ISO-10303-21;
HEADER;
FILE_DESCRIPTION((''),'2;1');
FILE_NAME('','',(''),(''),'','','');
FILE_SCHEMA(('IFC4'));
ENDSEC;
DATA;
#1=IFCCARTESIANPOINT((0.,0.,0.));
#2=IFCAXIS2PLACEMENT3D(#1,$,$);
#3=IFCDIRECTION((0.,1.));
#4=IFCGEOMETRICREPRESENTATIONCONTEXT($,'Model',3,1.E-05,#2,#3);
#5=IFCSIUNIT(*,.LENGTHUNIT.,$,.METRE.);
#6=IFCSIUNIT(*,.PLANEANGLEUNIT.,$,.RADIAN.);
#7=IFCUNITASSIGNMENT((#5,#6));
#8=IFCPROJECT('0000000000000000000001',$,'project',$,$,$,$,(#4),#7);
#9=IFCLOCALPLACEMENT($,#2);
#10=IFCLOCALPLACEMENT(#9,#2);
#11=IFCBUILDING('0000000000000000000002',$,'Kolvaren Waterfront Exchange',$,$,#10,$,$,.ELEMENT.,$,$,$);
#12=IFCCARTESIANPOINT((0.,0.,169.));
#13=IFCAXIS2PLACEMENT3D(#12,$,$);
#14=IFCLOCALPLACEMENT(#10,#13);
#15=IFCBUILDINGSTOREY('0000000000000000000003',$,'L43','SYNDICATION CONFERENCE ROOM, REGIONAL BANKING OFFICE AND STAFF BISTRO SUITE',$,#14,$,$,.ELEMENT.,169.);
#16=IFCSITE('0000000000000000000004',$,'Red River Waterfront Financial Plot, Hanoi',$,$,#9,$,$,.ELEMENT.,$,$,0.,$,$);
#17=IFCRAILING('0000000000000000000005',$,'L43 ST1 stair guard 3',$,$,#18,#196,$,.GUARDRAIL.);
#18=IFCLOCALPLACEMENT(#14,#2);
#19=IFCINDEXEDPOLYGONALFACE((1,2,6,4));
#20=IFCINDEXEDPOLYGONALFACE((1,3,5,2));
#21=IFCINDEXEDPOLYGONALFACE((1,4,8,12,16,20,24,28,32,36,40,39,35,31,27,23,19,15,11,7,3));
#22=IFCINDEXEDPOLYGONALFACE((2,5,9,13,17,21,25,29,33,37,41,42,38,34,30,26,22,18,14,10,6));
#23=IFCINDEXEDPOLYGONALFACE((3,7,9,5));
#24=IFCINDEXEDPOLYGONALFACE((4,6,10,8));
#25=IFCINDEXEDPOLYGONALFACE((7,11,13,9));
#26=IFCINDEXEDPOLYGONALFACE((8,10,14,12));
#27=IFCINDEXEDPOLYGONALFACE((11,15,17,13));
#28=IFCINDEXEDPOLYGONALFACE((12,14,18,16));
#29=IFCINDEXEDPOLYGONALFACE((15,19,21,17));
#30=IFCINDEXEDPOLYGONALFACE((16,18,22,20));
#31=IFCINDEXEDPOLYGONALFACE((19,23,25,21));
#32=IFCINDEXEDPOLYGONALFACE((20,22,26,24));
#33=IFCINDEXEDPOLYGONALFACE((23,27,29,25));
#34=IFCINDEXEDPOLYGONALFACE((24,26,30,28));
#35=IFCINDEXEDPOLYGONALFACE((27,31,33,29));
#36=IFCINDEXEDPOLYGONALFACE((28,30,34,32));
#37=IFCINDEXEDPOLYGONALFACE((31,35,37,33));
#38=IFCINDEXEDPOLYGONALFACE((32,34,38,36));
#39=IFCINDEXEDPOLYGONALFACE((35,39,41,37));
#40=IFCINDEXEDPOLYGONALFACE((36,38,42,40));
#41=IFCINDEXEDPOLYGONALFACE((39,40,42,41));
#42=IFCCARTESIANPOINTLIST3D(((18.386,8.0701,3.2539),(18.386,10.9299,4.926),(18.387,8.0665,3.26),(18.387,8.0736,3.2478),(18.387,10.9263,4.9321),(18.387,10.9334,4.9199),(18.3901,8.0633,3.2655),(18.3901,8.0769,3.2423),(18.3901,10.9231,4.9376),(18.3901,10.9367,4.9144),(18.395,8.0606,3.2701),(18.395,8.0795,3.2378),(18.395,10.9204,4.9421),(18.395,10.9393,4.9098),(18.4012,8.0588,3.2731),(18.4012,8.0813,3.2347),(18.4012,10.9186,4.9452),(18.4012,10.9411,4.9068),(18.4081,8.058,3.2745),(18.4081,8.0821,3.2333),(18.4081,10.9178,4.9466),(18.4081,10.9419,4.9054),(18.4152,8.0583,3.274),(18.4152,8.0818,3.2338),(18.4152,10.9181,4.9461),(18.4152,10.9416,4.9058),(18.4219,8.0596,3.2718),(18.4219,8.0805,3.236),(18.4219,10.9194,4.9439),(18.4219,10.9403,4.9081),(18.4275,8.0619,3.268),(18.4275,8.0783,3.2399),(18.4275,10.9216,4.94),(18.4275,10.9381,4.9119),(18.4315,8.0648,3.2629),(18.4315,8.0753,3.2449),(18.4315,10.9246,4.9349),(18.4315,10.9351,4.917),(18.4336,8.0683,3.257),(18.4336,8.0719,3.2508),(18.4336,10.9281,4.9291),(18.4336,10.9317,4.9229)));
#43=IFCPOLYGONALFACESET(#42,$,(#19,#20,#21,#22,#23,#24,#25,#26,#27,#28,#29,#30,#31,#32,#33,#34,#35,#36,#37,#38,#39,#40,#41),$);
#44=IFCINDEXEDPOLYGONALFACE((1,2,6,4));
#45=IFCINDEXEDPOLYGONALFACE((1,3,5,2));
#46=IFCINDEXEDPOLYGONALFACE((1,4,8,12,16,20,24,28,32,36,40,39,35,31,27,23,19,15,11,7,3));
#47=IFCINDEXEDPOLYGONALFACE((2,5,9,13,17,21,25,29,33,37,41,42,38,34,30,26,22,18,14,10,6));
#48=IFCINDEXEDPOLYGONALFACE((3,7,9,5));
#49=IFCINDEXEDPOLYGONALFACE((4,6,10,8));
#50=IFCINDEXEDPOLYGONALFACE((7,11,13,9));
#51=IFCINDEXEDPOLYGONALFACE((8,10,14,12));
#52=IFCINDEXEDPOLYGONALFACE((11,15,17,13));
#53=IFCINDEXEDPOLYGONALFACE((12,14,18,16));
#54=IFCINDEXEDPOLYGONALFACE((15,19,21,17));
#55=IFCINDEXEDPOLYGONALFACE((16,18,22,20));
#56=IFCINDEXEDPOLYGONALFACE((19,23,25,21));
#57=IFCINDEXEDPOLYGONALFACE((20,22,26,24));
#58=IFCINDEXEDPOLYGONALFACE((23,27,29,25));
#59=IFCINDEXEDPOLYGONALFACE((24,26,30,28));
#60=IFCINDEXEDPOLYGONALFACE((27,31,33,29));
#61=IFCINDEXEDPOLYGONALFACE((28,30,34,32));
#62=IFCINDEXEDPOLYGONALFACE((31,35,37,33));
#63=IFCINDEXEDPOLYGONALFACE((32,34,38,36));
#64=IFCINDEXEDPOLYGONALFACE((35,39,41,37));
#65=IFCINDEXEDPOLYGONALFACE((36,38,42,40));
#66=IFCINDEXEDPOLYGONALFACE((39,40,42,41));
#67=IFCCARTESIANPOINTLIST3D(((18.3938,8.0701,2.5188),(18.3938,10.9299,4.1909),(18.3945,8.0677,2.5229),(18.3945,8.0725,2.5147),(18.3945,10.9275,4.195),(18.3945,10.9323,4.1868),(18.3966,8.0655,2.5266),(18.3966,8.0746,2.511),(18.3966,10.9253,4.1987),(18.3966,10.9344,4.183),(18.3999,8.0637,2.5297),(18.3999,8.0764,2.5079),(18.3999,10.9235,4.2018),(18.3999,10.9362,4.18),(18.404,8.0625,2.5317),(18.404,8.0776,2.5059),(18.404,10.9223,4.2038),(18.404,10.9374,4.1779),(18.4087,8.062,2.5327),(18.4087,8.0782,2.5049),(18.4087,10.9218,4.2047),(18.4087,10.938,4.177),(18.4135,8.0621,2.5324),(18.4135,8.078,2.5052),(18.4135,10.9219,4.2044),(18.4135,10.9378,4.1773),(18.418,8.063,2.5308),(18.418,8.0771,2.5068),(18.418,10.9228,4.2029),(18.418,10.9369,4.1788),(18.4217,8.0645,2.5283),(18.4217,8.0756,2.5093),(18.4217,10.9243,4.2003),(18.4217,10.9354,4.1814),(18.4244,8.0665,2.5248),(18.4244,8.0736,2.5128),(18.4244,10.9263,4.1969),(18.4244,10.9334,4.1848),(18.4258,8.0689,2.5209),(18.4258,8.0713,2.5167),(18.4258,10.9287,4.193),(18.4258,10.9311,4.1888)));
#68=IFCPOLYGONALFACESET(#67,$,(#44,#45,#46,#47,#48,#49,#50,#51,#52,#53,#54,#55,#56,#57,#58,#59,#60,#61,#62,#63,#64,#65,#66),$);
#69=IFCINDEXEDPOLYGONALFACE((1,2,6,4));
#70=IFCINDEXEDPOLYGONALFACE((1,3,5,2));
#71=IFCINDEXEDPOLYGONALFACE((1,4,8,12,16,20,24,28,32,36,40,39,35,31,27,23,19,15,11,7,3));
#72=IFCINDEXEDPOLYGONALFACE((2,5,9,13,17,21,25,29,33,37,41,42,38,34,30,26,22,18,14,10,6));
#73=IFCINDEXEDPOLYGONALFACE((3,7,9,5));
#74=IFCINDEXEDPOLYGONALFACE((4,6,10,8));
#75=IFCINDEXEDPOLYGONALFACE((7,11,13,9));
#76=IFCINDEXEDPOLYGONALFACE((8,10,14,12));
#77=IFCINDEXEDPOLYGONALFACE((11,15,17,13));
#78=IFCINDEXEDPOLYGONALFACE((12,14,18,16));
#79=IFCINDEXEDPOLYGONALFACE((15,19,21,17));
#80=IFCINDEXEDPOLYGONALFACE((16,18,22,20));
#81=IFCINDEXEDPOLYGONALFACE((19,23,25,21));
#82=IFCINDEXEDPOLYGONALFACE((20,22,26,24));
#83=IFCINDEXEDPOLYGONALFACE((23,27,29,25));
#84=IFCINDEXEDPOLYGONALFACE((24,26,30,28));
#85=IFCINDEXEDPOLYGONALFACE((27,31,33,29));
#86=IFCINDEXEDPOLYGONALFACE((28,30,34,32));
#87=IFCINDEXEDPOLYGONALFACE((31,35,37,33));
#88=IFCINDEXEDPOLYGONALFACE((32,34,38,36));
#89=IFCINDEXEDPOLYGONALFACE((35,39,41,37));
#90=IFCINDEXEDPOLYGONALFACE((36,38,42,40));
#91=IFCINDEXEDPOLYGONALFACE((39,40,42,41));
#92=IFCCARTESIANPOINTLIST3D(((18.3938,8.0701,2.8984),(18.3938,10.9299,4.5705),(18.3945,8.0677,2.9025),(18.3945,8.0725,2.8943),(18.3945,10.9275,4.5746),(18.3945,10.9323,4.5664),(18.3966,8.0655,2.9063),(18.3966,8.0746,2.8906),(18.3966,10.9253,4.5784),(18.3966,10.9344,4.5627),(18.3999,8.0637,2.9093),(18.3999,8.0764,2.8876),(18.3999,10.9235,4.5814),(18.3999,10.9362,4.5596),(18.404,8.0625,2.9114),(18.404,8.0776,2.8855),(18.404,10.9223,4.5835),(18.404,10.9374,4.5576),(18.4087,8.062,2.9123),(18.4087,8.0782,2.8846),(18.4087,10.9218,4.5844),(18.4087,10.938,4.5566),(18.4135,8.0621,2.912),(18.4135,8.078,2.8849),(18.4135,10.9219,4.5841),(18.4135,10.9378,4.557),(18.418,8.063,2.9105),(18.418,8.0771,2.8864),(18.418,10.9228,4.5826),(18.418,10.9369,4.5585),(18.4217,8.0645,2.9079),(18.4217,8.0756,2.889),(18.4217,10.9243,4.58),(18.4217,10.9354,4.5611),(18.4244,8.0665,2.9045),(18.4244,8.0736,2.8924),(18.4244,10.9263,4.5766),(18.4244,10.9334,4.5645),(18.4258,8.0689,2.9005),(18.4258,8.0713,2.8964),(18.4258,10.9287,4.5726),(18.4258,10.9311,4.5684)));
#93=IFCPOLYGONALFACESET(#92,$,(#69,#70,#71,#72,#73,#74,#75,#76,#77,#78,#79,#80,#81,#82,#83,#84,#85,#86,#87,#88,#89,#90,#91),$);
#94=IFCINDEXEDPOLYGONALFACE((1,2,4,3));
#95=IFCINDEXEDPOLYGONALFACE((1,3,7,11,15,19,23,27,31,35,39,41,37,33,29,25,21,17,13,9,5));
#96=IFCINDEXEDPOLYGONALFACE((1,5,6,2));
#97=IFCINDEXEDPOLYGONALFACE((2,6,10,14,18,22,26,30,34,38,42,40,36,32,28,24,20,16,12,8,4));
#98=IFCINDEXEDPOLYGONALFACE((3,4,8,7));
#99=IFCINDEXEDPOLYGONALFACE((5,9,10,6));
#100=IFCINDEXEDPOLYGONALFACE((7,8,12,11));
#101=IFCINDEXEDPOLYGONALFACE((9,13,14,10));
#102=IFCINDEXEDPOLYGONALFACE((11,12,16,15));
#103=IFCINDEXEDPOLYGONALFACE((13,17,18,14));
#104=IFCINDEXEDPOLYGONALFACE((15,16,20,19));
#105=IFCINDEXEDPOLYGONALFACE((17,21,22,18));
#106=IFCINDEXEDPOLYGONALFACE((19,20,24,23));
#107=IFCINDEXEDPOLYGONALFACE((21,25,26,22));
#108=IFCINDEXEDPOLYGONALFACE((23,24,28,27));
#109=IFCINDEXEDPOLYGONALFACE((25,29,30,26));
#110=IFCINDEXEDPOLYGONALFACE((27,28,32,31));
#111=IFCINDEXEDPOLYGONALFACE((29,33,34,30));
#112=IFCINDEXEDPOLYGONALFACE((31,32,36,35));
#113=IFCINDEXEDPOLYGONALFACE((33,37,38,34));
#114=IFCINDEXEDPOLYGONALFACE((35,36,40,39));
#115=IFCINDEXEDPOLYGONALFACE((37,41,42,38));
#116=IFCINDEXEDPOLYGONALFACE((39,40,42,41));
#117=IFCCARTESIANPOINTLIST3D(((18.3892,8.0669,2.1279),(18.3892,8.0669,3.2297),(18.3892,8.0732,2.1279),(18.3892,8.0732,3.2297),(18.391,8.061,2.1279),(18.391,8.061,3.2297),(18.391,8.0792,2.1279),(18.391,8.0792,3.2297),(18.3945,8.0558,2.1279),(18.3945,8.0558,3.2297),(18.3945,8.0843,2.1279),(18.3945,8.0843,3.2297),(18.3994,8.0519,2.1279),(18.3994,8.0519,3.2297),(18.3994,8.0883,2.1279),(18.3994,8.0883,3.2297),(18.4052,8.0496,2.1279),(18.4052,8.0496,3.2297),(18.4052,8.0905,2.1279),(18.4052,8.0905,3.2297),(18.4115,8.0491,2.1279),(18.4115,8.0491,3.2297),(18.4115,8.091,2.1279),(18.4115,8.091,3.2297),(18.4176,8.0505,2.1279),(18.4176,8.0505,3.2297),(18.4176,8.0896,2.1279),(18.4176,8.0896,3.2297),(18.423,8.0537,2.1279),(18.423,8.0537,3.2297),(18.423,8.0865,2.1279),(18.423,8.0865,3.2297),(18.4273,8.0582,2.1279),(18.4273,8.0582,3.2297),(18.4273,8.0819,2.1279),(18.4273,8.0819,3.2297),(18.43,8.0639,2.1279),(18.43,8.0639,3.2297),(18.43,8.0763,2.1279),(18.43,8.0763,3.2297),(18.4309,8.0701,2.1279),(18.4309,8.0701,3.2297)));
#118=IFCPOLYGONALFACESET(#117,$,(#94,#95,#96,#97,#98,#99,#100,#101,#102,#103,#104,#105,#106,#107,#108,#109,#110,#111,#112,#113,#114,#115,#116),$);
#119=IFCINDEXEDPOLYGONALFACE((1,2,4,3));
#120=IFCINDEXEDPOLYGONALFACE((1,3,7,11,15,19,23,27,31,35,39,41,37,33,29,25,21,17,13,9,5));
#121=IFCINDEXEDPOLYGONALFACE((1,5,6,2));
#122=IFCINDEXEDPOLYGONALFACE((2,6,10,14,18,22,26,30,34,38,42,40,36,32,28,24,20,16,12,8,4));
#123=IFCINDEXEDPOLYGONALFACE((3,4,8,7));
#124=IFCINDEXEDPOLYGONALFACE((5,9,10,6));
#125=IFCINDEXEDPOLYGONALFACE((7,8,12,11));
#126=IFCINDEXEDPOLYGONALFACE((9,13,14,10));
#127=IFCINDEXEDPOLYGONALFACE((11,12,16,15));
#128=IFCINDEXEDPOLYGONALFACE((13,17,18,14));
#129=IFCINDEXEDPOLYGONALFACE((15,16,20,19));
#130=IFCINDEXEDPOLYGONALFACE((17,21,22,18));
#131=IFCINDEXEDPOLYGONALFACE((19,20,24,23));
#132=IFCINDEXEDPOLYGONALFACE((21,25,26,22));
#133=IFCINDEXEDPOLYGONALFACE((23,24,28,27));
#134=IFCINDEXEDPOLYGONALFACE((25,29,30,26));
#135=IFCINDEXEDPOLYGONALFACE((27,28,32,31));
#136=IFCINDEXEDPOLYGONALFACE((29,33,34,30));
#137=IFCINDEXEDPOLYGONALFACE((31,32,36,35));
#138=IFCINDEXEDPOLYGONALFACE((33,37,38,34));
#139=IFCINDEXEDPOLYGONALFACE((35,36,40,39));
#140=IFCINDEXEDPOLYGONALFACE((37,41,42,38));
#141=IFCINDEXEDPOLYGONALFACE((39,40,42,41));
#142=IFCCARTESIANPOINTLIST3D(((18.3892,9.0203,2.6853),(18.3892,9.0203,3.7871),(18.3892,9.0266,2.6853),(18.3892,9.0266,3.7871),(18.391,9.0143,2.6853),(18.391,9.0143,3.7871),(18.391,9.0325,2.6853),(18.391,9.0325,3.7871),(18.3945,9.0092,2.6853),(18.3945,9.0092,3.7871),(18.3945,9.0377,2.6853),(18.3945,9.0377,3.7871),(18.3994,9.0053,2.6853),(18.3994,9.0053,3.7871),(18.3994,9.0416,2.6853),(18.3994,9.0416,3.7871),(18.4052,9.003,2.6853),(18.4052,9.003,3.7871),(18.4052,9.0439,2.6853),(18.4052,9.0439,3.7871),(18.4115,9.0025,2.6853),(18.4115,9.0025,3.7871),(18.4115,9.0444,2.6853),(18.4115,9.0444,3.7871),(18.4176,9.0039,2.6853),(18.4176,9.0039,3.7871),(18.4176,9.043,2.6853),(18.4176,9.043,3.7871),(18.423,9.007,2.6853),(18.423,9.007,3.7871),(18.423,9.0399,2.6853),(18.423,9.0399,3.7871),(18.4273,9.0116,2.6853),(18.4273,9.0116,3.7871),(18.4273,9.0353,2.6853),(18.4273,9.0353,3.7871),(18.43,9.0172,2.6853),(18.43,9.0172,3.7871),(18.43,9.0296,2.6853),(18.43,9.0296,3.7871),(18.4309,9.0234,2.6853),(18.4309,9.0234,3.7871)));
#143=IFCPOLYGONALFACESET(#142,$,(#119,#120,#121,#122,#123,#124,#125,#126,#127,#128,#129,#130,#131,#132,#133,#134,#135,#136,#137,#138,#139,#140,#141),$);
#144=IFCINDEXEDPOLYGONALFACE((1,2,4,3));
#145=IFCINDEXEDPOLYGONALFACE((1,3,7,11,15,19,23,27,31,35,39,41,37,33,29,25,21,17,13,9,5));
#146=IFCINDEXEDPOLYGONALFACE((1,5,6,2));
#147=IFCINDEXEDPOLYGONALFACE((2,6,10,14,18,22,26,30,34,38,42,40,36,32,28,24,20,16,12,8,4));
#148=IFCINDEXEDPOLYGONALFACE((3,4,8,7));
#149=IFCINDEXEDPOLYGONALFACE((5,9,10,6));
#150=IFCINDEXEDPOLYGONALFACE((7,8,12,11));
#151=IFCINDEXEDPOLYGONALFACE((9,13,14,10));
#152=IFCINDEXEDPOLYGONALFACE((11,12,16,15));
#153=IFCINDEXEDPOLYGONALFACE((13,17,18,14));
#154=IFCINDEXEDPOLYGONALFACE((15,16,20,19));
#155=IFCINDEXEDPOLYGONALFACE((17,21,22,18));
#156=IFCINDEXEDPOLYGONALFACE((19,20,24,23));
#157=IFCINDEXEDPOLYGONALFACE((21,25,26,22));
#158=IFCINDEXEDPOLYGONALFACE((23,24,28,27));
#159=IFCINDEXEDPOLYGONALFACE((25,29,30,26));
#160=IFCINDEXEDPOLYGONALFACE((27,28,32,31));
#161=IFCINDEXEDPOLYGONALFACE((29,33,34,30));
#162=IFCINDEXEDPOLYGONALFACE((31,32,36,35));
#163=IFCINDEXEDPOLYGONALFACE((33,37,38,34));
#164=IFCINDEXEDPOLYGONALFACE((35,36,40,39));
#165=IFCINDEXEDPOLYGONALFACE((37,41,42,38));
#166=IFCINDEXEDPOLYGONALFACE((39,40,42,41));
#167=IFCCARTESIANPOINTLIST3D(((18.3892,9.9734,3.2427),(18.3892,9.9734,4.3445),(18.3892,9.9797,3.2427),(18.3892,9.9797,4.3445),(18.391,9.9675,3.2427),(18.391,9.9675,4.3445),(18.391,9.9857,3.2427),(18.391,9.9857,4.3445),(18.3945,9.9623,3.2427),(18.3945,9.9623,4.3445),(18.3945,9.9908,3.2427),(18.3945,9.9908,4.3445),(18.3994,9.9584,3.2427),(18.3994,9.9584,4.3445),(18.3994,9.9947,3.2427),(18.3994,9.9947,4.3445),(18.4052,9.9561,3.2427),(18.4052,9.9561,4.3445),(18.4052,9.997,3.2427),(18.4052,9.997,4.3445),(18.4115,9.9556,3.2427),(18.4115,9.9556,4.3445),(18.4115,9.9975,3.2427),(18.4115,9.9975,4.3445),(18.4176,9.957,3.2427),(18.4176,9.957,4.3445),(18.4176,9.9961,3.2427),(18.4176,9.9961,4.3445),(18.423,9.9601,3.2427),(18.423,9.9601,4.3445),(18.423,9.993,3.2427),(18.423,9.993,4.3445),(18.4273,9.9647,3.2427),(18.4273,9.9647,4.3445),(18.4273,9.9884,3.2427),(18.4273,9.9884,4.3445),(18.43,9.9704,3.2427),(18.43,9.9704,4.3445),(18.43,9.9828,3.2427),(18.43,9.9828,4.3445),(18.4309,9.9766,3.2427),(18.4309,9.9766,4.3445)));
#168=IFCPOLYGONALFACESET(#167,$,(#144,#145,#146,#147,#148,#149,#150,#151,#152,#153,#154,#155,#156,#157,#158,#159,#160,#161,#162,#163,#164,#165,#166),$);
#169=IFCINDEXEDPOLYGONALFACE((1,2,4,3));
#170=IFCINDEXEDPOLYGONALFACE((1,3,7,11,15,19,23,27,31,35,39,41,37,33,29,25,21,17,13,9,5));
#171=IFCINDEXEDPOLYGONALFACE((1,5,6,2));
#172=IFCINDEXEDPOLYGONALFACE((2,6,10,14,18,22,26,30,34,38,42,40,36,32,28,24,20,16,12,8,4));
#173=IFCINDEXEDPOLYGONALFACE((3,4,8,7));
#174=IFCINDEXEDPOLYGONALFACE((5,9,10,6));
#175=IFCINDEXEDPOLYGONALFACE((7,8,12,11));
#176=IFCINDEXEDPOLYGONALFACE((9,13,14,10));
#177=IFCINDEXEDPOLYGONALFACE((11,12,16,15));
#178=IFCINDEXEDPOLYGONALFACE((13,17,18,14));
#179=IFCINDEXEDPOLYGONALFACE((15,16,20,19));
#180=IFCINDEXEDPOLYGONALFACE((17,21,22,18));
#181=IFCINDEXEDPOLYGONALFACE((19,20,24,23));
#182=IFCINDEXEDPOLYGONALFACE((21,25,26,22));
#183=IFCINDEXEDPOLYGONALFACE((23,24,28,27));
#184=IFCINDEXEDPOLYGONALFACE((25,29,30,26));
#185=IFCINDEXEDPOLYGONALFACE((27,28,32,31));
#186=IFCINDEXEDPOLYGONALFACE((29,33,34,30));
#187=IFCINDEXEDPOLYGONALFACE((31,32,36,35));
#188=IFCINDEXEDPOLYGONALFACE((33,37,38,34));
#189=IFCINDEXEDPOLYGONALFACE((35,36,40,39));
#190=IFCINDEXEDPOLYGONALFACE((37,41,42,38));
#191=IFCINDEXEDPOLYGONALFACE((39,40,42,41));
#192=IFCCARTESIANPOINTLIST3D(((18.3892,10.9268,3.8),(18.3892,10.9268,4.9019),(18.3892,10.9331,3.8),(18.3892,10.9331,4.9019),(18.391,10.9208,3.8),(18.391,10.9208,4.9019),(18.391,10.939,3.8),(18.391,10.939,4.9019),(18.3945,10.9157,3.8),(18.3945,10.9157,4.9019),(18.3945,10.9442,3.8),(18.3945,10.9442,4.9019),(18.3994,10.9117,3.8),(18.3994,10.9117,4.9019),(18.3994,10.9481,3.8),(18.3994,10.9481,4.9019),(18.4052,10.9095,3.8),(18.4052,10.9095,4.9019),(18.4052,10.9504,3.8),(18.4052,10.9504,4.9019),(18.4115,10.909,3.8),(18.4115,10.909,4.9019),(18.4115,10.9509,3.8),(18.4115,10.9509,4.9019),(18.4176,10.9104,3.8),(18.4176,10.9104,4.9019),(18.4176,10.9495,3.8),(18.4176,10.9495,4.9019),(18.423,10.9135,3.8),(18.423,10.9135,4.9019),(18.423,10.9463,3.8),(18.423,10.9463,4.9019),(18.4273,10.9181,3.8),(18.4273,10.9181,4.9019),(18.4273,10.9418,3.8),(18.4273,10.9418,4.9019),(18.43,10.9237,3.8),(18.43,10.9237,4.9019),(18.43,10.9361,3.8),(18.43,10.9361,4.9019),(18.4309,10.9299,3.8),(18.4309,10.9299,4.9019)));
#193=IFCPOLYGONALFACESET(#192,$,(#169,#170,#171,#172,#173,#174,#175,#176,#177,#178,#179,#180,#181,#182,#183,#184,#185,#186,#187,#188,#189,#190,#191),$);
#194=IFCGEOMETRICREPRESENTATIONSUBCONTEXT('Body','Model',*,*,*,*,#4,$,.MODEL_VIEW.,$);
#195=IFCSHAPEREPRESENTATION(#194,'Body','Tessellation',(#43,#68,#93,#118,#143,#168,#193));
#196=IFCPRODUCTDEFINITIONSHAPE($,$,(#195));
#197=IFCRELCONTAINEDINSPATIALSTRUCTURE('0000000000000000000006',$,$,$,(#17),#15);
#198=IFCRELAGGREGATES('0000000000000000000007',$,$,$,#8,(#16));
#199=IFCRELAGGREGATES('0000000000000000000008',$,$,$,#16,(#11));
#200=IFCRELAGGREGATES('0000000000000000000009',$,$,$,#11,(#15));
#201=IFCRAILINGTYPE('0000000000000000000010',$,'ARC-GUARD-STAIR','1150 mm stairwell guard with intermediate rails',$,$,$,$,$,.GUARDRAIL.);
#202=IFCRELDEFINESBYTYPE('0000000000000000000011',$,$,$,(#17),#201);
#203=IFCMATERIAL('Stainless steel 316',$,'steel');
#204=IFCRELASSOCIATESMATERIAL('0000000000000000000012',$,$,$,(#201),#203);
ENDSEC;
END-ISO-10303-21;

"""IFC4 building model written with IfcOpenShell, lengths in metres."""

from ifc_helpers import new_model, si_unit, direction, frame, origin, origin_2d, place, context, subcontext, project, spatial, circle, extrude, material, type_object, element, save


model = new_model("IFC4")

# Units and contexts
model_context = context("Model", 3, precision=1e-05, world=origin(), true_north=direction((0.0, 1.0)))
body_context = subcontext(model_context, "Body", "Model", "MODEL_VIEW")
ifc_project = project(units=[si_unit("LENGTHUNIT", "METRE"), si_unit("PLANEANGLEUNIT", "RADIAN")], contexts=[model_context])

# Site, building, storey
site_placement = place(None, origin())
site = spatial("IfcSite", under=ifc_project, at=site_placement, Name="Red River Waterfront Financial Plot, Hanoi", CompositionType="ELEMENT", RefElevation=0.0)
building_placement = place(site_placement, origin())
building = spatial("IfcBuilding", under=site, at=building_placement, Name="Kolvaren Waterfront Exchange", CompositionType="ELEMENT")
storey_placement = place(building_placement, frame((0.0, 0.0, 169.0)))
storey = spatial("IfcBuildingStorey", under=building, at=storey_placement, Name="L43", Description="SYNDICATION CONFERENCE ROOM, REGIONAL BANKING OFFICE AND STAFF BISTRO SUITE", CompositionType="ELEMENT", Elevation=169.0)

# Railing
ifc_material_1 = material(Name="Stainless steel 316", Category="steel")
railing_type_1 = type_object("IfcRailingType", Name="ARC-GUARD-STAIR", Description="1150 mm stairwell guard with intermediate rails", PredefinedType="GUARDRAIL", material=ifc_material_1)
railing_1_placement = place(storey_placement, frame((18.4099, 8.0701, 2.1279)))
element("IfcRailing", 1, at=railing_1_placement, inside=storey, type_object=railing_type_1, Name="L43 ST1 stair guard 3", PredefinedType="GUARDRAIL", context=body_context, shape_type="SweptSolid", body=[
    extrude(circle(Radius=0.0239, at=origin_2d()), frame((0.0, 0.0, 1.126), z_axis=(0.0, 0.863271, 0.504741), x_axis=(-1.0, 0.0, 0.0)), (0.0, 0.0, 1.0), 3.3127),
    extrude(circle(Radius=0.0161, at=origin_2d()), frame((0.0, 0.0, 0.3909), z_axis=(0.0, 0.863271, 0.504741), x_axis=(-1.0, 0.0, 0.0)), (0.0, 0.0, 1.0), 3.3127),
    extrude(circle(Radius=0.0161, at=origin_2d()), frame((0.0, 0.0, 0.7705), z_axis=(0.0, 0.863271, 0.504741), x_axis=(-1.0, 0.0, 0.0)), (0.0, 0.0, 1.0), 3.3127),
    extrude(circle(Radius=0.021, at=origin_2d()), origin(), (0.0, 0.0, 1.0), 1.1018),
    extrude(circle(Radius=0.021, at=origin_2d()), frame((0.0, 0.9534, 0.5574)), (0.0, 0.0, 1.0), 1.1018),
    extrude(circle(Radius=0.021, at=origin_2d()), frame((0.0, 1.9065, 1.1147)), (0.0, 0.0, 1.0), 1.1018),
    extrude(circle(Radius=0.021, at=origin_2d()), frame((0.0, 2.8599, 1.6721)), (0.0, 0.0, 1.0), 1.1018),
])

save(model, "model.ifc")
